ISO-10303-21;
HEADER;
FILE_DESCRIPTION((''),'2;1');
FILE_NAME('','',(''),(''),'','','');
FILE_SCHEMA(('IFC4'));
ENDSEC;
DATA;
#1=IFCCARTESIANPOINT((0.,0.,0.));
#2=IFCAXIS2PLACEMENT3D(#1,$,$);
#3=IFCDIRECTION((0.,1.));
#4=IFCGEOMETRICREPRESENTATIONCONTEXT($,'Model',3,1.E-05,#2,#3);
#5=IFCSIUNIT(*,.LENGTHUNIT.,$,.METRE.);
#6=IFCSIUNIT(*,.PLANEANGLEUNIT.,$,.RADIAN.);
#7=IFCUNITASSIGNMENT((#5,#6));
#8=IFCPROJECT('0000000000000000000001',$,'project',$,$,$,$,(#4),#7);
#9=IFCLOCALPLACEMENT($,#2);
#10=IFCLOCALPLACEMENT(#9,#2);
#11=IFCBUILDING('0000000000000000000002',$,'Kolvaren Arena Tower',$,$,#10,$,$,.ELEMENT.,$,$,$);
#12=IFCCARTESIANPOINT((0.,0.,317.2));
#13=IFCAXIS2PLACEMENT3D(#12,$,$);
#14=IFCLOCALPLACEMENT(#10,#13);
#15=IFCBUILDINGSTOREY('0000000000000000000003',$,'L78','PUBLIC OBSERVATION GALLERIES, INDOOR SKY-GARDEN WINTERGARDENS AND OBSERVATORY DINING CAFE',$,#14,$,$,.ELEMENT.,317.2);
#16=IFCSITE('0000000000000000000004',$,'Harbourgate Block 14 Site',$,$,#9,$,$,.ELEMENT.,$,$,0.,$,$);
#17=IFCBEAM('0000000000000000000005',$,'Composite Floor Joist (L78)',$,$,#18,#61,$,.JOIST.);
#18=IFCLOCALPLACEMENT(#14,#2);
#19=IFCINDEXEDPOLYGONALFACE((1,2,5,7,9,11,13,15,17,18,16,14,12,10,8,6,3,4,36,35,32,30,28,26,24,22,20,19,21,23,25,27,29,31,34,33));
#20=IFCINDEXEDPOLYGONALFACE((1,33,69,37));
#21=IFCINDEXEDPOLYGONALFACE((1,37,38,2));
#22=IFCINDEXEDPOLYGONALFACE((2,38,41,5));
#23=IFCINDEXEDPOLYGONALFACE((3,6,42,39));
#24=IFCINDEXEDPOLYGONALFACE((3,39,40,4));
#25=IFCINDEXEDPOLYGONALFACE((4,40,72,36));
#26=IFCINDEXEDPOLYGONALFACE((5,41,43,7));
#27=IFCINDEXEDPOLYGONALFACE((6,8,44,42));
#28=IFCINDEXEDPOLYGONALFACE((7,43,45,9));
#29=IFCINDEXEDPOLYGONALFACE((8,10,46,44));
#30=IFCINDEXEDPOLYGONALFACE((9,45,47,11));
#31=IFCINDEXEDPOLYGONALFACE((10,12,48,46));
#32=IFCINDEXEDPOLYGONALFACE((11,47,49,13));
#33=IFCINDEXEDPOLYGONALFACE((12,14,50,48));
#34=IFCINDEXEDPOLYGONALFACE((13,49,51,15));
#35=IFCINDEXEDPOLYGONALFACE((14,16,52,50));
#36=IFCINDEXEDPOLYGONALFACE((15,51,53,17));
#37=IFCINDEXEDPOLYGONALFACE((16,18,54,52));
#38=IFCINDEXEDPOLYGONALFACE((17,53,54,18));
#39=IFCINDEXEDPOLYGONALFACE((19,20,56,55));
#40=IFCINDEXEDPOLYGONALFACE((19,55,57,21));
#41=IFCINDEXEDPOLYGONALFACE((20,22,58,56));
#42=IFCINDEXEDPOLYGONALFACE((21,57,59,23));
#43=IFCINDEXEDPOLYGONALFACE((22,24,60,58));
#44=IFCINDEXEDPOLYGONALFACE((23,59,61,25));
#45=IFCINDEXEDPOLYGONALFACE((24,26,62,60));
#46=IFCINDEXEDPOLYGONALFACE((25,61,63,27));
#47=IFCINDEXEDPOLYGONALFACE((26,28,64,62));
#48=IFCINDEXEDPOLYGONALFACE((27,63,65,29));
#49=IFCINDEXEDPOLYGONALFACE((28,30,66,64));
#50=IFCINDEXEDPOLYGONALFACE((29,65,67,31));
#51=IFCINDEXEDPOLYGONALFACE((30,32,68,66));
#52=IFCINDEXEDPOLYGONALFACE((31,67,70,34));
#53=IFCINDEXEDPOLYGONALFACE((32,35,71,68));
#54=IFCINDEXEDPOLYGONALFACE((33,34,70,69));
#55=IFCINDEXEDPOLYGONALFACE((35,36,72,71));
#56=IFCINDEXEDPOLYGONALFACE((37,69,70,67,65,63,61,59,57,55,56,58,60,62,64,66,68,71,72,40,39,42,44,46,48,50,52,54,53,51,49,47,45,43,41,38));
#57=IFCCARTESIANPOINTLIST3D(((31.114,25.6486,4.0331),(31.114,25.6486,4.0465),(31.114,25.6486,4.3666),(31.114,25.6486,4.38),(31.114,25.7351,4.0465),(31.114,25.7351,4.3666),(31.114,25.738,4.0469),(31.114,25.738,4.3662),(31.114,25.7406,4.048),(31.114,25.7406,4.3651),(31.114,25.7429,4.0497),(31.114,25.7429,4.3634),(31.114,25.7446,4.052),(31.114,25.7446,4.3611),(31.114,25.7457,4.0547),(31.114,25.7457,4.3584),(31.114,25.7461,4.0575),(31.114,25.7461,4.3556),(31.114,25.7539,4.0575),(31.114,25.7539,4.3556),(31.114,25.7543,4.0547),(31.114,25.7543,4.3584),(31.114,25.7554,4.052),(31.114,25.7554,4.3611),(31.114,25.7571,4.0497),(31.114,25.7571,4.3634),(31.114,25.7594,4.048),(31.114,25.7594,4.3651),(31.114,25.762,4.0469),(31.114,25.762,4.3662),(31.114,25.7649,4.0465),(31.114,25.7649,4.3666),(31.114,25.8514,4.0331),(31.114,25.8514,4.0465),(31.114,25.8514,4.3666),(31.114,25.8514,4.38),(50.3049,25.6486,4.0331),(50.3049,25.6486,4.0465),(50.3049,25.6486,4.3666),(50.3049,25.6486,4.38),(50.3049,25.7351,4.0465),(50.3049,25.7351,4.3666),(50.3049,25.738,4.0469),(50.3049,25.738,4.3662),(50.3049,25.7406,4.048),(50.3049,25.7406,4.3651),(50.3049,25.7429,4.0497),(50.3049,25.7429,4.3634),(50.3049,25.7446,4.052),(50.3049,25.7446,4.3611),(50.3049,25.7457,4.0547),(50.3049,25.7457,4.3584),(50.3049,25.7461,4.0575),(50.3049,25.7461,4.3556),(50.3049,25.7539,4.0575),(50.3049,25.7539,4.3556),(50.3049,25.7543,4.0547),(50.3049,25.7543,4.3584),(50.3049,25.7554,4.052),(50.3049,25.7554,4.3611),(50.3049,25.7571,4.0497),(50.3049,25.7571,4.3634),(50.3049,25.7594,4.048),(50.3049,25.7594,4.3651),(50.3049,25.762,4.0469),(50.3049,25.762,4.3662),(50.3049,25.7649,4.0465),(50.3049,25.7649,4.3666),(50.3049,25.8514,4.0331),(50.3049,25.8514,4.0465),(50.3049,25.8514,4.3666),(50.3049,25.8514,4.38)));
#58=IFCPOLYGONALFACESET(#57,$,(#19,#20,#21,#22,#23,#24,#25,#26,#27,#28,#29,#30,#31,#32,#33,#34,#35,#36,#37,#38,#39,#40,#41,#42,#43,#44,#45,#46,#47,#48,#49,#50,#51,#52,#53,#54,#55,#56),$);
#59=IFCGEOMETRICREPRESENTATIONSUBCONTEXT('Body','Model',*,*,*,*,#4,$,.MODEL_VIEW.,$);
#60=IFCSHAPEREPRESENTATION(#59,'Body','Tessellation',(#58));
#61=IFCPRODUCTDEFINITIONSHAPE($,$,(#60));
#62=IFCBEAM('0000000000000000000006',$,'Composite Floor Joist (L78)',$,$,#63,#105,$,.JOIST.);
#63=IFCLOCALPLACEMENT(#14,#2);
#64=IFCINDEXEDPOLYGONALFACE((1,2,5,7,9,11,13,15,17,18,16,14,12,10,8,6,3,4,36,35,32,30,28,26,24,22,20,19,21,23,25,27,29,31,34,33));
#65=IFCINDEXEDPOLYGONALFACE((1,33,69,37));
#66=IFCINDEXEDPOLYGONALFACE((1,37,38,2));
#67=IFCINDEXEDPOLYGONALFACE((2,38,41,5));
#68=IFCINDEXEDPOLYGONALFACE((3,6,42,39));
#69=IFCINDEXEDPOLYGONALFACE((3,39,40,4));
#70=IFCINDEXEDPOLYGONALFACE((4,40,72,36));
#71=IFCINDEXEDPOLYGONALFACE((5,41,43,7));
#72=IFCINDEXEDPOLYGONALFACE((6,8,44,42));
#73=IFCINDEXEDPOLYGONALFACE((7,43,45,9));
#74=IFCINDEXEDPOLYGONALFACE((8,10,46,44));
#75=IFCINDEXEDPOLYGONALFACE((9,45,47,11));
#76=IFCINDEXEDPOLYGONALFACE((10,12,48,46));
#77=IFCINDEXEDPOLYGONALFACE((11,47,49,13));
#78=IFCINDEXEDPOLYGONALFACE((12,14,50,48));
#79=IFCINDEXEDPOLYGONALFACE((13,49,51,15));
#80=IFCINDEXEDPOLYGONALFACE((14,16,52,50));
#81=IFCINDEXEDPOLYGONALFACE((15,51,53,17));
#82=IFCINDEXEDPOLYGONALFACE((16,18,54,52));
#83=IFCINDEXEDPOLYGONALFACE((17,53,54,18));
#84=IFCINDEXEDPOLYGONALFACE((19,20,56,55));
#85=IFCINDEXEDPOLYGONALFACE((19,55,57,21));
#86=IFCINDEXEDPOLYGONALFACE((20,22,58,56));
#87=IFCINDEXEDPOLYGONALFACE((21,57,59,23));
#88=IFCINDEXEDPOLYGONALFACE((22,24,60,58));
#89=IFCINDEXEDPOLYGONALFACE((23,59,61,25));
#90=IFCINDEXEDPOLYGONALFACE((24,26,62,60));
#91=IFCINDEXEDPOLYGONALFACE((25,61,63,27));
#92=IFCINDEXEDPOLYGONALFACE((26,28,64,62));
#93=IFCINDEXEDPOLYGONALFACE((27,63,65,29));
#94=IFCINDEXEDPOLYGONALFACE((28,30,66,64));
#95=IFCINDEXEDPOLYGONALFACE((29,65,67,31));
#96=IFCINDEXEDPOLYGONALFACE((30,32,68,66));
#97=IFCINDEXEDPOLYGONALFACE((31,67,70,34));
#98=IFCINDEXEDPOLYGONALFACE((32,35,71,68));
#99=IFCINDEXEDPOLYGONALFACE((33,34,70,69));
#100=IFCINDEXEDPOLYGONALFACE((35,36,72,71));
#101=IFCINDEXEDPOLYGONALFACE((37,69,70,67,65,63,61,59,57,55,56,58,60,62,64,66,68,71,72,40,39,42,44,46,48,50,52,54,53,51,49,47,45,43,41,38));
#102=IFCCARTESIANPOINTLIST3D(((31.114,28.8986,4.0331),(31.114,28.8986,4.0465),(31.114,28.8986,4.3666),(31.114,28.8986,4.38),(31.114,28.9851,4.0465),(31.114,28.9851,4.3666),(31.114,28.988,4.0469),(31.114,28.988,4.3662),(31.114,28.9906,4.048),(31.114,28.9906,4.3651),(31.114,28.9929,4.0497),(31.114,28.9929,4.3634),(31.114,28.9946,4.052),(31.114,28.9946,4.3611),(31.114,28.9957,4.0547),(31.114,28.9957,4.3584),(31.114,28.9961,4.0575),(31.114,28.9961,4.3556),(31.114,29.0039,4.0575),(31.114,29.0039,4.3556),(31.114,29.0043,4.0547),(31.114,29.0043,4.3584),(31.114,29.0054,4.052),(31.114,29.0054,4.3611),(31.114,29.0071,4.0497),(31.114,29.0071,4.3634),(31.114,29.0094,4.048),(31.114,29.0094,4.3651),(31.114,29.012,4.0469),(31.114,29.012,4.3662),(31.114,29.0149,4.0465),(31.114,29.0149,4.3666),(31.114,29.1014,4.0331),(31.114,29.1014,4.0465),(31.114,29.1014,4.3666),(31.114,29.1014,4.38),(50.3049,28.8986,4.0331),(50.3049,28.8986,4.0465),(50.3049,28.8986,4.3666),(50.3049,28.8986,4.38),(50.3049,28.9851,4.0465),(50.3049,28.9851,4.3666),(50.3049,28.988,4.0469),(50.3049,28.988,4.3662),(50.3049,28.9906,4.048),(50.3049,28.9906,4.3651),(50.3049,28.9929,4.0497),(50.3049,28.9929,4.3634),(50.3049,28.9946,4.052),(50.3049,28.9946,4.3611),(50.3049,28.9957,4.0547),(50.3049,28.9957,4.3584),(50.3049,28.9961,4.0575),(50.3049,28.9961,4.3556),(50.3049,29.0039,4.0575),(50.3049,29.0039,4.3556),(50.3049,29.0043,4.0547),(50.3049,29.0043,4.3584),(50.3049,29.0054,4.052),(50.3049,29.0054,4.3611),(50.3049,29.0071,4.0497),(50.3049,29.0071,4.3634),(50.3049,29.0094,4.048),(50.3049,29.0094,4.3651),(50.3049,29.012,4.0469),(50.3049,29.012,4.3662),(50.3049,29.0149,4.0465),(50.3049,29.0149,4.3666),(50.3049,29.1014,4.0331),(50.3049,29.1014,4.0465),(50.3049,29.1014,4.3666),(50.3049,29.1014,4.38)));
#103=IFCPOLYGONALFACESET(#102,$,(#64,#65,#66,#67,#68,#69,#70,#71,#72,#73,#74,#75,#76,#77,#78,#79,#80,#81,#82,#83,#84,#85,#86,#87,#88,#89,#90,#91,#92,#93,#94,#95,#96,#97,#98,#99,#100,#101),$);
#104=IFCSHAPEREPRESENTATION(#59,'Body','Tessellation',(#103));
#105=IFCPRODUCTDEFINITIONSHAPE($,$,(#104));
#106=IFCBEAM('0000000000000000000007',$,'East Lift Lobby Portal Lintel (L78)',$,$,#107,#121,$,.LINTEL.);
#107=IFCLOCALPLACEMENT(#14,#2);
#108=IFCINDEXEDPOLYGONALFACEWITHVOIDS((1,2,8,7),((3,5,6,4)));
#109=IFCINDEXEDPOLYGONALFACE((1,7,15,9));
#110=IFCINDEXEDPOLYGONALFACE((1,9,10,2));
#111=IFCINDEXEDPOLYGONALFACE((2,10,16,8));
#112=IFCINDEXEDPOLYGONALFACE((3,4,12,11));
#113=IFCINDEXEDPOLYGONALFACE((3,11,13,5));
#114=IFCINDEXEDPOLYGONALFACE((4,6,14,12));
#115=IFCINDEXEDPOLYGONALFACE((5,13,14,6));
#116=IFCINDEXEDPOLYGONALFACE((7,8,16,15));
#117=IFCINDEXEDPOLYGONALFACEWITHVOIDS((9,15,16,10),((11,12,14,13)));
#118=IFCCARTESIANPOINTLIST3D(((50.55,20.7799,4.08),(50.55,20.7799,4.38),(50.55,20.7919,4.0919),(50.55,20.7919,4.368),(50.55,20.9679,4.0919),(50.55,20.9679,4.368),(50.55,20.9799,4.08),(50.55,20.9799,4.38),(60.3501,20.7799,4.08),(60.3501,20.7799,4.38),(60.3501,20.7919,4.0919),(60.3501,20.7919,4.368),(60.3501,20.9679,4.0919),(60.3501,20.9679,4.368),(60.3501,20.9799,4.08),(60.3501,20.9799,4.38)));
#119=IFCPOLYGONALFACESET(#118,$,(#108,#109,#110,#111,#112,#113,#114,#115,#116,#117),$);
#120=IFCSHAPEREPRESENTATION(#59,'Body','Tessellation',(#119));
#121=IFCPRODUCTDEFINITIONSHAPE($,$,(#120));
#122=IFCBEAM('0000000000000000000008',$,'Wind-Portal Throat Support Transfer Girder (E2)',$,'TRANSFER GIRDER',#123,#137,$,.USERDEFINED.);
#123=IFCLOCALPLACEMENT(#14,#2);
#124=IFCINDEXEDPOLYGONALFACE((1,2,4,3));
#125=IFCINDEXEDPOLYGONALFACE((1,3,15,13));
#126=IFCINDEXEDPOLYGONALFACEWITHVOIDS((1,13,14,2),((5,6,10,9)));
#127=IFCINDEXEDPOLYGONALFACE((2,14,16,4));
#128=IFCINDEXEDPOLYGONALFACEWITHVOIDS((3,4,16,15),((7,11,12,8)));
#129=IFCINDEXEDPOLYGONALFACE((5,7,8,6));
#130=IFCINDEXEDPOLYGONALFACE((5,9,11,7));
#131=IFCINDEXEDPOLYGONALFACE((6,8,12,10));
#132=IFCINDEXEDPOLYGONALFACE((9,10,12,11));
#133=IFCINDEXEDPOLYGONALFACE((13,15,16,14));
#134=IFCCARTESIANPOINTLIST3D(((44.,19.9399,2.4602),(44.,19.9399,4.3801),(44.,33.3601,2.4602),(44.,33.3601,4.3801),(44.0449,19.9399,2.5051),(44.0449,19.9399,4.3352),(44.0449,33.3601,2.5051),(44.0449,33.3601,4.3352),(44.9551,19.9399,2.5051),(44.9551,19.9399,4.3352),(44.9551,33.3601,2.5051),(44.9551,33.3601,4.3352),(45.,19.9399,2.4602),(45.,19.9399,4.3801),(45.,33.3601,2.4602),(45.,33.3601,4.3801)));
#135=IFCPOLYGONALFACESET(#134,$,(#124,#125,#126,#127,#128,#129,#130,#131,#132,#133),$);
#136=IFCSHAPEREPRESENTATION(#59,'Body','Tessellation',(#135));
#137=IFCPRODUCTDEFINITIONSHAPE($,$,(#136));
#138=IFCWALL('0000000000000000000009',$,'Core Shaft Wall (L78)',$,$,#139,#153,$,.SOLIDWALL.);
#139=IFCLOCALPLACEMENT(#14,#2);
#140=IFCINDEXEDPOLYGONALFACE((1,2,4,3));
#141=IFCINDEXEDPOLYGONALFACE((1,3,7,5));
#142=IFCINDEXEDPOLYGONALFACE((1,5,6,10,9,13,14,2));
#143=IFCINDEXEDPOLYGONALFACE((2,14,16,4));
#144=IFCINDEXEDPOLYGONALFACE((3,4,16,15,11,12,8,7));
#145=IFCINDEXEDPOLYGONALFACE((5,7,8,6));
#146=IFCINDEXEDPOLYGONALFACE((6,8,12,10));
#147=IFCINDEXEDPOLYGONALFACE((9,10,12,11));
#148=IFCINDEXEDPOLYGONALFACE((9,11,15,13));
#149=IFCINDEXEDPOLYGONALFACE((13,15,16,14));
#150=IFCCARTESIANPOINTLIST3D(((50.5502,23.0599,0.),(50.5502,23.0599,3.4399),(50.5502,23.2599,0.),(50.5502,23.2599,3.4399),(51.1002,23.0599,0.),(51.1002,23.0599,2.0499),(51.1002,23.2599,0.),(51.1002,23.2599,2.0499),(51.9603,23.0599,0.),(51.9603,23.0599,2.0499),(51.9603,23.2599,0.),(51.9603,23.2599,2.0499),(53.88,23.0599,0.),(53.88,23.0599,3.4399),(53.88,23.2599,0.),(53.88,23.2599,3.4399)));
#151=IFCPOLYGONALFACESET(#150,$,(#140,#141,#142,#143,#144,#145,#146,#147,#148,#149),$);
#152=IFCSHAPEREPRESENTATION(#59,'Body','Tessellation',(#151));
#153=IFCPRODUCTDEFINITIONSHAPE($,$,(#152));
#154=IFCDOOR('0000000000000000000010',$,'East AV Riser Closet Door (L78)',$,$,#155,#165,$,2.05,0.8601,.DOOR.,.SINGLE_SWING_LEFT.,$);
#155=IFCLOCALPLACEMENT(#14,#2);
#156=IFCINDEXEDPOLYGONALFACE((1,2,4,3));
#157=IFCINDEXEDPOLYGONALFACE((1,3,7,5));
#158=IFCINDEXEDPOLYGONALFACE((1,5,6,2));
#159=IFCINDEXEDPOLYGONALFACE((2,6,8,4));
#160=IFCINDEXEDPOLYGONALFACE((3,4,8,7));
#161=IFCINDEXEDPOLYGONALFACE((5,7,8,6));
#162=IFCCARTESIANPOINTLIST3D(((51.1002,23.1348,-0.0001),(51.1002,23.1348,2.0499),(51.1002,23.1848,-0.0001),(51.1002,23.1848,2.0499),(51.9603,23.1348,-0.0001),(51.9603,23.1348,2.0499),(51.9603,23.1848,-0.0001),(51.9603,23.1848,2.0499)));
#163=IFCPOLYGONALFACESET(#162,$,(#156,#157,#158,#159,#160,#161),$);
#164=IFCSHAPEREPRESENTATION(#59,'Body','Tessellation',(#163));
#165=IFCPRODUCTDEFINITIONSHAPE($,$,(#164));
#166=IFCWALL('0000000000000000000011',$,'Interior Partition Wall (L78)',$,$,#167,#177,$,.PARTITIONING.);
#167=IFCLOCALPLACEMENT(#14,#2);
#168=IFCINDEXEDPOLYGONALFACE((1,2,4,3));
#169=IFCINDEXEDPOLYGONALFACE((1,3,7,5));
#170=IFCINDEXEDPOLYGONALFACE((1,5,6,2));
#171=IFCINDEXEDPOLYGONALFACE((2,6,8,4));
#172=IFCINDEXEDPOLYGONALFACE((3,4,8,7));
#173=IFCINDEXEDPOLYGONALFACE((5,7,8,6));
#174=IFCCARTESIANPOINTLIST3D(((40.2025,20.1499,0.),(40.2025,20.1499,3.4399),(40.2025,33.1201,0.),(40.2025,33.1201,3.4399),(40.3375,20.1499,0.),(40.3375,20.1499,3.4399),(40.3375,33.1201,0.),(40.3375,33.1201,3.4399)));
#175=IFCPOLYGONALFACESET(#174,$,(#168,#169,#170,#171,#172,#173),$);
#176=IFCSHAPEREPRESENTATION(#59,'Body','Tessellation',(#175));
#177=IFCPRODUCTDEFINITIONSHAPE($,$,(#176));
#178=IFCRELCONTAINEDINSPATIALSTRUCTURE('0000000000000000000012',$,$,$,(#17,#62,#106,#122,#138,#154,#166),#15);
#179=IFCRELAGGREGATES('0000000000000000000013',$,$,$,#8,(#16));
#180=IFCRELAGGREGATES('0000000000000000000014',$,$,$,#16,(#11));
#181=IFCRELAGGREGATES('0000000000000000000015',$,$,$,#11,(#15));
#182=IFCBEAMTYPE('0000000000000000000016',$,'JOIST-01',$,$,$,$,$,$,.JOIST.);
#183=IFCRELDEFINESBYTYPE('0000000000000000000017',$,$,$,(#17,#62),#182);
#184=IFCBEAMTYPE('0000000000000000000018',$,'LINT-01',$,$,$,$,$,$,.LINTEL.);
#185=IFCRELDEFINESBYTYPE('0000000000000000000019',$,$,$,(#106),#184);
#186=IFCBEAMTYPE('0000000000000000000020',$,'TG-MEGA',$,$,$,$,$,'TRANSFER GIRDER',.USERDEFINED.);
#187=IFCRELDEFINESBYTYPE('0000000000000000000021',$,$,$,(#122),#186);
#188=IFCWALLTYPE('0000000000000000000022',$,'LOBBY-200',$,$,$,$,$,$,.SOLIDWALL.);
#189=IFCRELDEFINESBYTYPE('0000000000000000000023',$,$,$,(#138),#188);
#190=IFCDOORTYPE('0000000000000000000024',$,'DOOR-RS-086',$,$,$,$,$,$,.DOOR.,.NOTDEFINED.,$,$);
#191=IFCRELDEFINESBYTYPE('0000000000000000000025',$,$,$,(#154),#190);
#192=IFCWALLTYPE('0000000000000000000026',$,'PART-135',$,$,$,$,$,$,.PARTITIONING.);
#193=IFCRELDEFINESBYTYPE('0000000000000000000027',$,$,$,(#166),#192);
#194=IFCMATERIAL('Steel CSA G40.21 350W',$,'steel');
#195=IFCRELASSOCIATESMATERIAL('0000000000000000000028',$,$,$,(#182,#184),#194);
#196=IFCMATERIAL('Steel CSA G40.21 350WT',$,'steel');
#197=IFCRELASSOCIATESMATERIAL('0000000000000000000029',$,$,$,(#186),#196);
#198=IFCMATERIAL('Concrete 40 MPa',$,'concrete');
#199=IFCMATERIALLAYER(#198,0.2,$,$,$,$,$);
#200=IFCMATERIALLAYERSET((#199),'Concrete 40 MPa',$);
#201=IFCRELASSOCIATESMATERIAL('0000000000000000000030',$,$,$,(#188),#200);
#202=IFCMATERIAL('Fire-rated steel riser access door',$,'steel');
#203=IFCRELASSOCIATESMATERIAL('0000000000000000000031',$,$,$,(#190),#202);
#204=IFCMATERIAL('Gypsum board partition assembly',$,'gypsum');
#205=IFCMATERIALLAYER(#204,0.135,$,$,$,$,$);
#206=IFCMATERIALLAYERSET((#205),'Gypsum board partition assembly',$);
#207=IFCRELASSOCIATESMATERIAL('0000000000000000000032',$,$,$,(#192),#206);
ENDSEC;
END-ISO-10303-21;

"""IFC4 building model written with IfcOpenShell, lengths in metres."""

from ifc_helpers import new_model, si_unit, direction, frame, frame_2d, origin, origin_2d, place, context, subcontext, project, spatial, rectangle, hollow_rectangle, i_section, extrude, material, layer, layer_set, material_profile, profile_set, type_object, element, fill, save


model = new_model("IFC4")

# Units and contexts
model_context = context("Model", 3, precision=1e-05, world=origin(), true_north=direction((0.0, 1.0)))
body_context = subcontext(model_context, "Body", "Model", "MODEL_VIEW")
ifc_project = project(units=[si_unit("LENGTHUNIT", "METRE"), si_unit("PLANEANGLEUNIT", "RADIAN")], contexts=[model_context])

# Site, building, storey
site_placement = place(None, origin())
site = spatial("IfcSite", under=ifc_project, at=site_placement, Name="Harbourgate Block 14 Site", CompositionType="ELEMENT", RefElevation=0.0)
building_placement = place(site_placement, origin())
building = spatial("IfcBuilding", under=site, at=building_placement, Name="Kolvaren Arena Tower", CompositionType="ELEMENT")
storey_placement = place(building_placement, frame((0.0, 0.0, 317.2)))
storey = spatial("IfcBuildingStorey", under=building, at=storey_placement, Name="L78", Description="PUBLIC OBSERVATION GALLERIES, INDOOR SKY-GARDEN WINTERGARDENS AND OBSERVATORY DINING CAFE", CompositionType="ELEMENT", Elevation=317.2)

# Beams
ifc_material_1 = material(Name="Steel CSA G40.21 350W", Category="steel")
ifc_material_profile_1 = material_profile(ifc_material_1, i_section(OverallWidth=0.2029, OverallDepth=0.3469, WebThickness=0.0078, FlangeThickness=0.0134, FilletRadius=0.011, at=origin_2d()), Name="W360x64")
ifc_profile_set_1 = profile_set([ifc_material_profile_1], Name="Steel CSA G40.21 350W")
beam_type_1 = type_object("IfcBeamType", Name="JOIST-01", PredefinedType="JOIST", material=ifc_profile_set_1)
for number, where, z_axis, x_axis, name in (
    (1, (31.114, 25.75, 4.2065), (1.0, 0.0, 0.0), (0.0, 1.0, 0.0), "Composite Floor Joist (L78)"),
    (2, (31.114, 29.0, 4.2065), (1.0, 0.0, 0.0), (0.0, 1.0, 0.0), "Composite Floor Joist (L78)"),
):
    element("IfcBeam", number, at=place(storey_placement, frame(where, z_axis=z_axis, x_axis=x_axis)), inside=storey, type_object=beam_type_1, Name=name, PredefinedType="JOIST", context=body_context, shape_type="SweptSolid", body=[
        extrude(i_section(OverallWidth=0.2029, OverallDepth=0.3469, WebThickness=0.0078, FlangeThickness=0.0134, FilletRadius=0.011, at=origin_2d()), origin(), (0.0, 0.0, 1.0), 19.1909),
    ])
ifc_material_profile_2 = material_profile(ifc_material_1, hollow_rectangle(XDim=0.2, YDim=0.3, WallThickness=0.012, at=origin_2d()), Name="HSS 300x200x12")
ifc_profile_set_2 = profile_set([ifc_material_profile_2], Name="Steel CSA G40.21 350W")
beam_type_2 = type_object("IfcBeamType", Name="LINT-01", PredefinedType="LINTEL", material=ifc_profile_set_2)
beam_1_placement = place(storey_placement, frame((50.55, 20.8799, 4.23), z_axis=(1.0, 0.0, 0.0), x_axis=(0.0, 1.0, 0.0)))
element("IfcBeam", 3, at=beam_1_placement, inside=storey, type_object=beam_type_2, Name="East Lift Lobby Portal Lintel (L78)", PredefinedType="LINTEL", context=body_context, shape_type="SweptSolid", body=[
    extrude(hollow_rectangle(XDim=0.2, YDim=0.3, WallThickness=0.012, at=origin_2d()), origin(), (0.0, 0.0, 1.0), 9.8),
])
ifc_material_2 = material(Name="Steel CSA G40.21 350WT", Category="steel")
ifc_material_profile_3 = material_profile(ifc_material_2, hollow_rectangle(XDim=1.0, YDim=1.9199, WallThickness=0.0449, at=origin_2d()), Name="BOX 1000x1920x45")
ifc_profile_set_3 = profile_set([ifc_material_profile_3], Name="Steel CSA G40.21 350WT")
beam_type_3 = type_object("IfcBeamType", Name="TG-MEGA", ElementType="TRANSFER GIRDER", PredefinedType="USERDEFINED", material=ifc_profile_set_3)
beam_2_placement = place(storey_placement, frame((44.5, 19.9399, 3.4202), z_axis=(0.0, 1.0, 0.0), x_axis=(-1.0, 0.0, 0.0)))
element("IfcBeam", 4, at=beam_2_placement, inside=storey, type_object=beam_type_3, Name="Wind-Portal Throat Support Transfer Girder (E2)", ObjectType="TRANSFER GIRDER", PredefinedType="USERDEFINED", context=body_context, shape_type="SweptSolid", body=[
    extrude(hollow_rectangle(XDim=1.0, YDim=1.9199, WallThickness=0.0449, at=origin_2d()), origin(), (0.0, 0.0, 1.0), 13.4202),
])

# Shared definitions
ifc_material_3 = material(Name="Concrete 40 MPa", Category="concrete")
ifc_layer_1 = layer(ifc_material_3, 0.2)
ifc_layer_set_1 = layer_set([ifc_layer_1], Name="Concrete 40 MPa")
wall_type_1 = type_object("IfcWallType", Name="LOBBY-200", PredefinedType="SOLIDWALL", material=ifc_layer_set_1)

# Wall, opening, door
wall_1_placement = place(storey_placement, frame((50.55, 23.1599, 0.0), z_axis=(0.0, 0.0, 1.0), x_axis=(1.0, 0.0, 0.0)))
wall_1 = element("IfcWall", 5, at=wall_1_placement, inside=storey, type_object=wall_type_1, Name="Core Shaft Wall (L78)", PredefinedType="SOLIDWALL", context=body_context, shape_type="SweptSolid", body=[
    extrude(rectangle(XDim=3.3298, YDim=0.2, at=frame_2d((1.665, 0.0))), origin(), (0.0, 0.0, 1.0), 3.4399),
])
opening_1_placement = place(wall_1_placement, frame((0.55, 0.0, 0.0)))
opening_1 = element("IfcOpeningElement", 6, at=opening_1_placement, cuts=wall_1, PredefinedType="OPENING", context=body_context, shape_type="SweptSolid", body=[
    extrude(rectangle(XDim=0.8601, YDim=2.05, at=frame_2d((0.4302, 1.0249))), frame((0.0, 0.1099, 0.0), z_axis=(0.0, -1.0, 0.0), x_axis=(1.0, 0.0, 0.0)), (0.0, 0.0, 1.0), 0.22),
])
ifc_material_4 = material(Name="Fire-rated steel riser access door", Category="steel")
door_type_1 = type_object("IfcDoorType", Name="DOOR-RS-086", OperationType="NOTDEFINED", PredefinedType="DOOR", material=ifc_material_4)
door_1_placement = place(opening_1_placement, origin())
door_1 = element("IfcDoor", 7, at=door_1_placement, inside=storey, type_object=door_type_1, Name="East AV Riser Closet Door (L78)", OperationType="SINGLE_SWING_LEFT", OverallHeight=2.05, OverallWidth=0.8601, PredefinedType="DOOR", context=body_context, shape_type="SweptSolid", body=[
    extrude(rectangle(XDim=0.8601, YDim=2.05, at=frame_2d((0.4302, 1.0249))), frame((0.0, 0.0249, 0.0), z_axis=(0.0, -1.0, 0.0), x_axis=(1.0, 0.0, 0.0)), (0.0, 0.0, 1.0), 0.05),
])
fill(opening_1, door_1)

# Wall
ifc_material_5 = material(Name="Gypsum board partition assembly", Category="gypsum")
ifc_layer_2 = layer(ifc_material_5, 0.135)
ifc_layer_set_2 = layer_set([ifc_layer_2], Name="Gypsum board partition assembly")
wall_type_2 = type_object("IfcWallType", Name="PART-135", PredefinedType="PARTITIONING", material=ifc_layer_set_2)
wall_2_placement = place(storey_placement, frame((40.27, 20.1499, 0.0), z_axis=(0.0, 0.0, 1.0), x_axis=(0.0, 1.0, 0.0)))
element("IfcWall", 8, at=wall_2_placement, inside=storey, type_object=wall_type_2, Name="Interior Partition Wall (L78)", PredefinedType="PARTITIONING", context=body_context, shape_type="SweptSolid", body=[
    extrude(rectangle(XDim=12.9702, YDim=0.135, at=frame_2d((6.4851, 0.0))), origin(), (0.0, 0.0, 1.0), 3.4399),
])

save(model, "model.ifc")
